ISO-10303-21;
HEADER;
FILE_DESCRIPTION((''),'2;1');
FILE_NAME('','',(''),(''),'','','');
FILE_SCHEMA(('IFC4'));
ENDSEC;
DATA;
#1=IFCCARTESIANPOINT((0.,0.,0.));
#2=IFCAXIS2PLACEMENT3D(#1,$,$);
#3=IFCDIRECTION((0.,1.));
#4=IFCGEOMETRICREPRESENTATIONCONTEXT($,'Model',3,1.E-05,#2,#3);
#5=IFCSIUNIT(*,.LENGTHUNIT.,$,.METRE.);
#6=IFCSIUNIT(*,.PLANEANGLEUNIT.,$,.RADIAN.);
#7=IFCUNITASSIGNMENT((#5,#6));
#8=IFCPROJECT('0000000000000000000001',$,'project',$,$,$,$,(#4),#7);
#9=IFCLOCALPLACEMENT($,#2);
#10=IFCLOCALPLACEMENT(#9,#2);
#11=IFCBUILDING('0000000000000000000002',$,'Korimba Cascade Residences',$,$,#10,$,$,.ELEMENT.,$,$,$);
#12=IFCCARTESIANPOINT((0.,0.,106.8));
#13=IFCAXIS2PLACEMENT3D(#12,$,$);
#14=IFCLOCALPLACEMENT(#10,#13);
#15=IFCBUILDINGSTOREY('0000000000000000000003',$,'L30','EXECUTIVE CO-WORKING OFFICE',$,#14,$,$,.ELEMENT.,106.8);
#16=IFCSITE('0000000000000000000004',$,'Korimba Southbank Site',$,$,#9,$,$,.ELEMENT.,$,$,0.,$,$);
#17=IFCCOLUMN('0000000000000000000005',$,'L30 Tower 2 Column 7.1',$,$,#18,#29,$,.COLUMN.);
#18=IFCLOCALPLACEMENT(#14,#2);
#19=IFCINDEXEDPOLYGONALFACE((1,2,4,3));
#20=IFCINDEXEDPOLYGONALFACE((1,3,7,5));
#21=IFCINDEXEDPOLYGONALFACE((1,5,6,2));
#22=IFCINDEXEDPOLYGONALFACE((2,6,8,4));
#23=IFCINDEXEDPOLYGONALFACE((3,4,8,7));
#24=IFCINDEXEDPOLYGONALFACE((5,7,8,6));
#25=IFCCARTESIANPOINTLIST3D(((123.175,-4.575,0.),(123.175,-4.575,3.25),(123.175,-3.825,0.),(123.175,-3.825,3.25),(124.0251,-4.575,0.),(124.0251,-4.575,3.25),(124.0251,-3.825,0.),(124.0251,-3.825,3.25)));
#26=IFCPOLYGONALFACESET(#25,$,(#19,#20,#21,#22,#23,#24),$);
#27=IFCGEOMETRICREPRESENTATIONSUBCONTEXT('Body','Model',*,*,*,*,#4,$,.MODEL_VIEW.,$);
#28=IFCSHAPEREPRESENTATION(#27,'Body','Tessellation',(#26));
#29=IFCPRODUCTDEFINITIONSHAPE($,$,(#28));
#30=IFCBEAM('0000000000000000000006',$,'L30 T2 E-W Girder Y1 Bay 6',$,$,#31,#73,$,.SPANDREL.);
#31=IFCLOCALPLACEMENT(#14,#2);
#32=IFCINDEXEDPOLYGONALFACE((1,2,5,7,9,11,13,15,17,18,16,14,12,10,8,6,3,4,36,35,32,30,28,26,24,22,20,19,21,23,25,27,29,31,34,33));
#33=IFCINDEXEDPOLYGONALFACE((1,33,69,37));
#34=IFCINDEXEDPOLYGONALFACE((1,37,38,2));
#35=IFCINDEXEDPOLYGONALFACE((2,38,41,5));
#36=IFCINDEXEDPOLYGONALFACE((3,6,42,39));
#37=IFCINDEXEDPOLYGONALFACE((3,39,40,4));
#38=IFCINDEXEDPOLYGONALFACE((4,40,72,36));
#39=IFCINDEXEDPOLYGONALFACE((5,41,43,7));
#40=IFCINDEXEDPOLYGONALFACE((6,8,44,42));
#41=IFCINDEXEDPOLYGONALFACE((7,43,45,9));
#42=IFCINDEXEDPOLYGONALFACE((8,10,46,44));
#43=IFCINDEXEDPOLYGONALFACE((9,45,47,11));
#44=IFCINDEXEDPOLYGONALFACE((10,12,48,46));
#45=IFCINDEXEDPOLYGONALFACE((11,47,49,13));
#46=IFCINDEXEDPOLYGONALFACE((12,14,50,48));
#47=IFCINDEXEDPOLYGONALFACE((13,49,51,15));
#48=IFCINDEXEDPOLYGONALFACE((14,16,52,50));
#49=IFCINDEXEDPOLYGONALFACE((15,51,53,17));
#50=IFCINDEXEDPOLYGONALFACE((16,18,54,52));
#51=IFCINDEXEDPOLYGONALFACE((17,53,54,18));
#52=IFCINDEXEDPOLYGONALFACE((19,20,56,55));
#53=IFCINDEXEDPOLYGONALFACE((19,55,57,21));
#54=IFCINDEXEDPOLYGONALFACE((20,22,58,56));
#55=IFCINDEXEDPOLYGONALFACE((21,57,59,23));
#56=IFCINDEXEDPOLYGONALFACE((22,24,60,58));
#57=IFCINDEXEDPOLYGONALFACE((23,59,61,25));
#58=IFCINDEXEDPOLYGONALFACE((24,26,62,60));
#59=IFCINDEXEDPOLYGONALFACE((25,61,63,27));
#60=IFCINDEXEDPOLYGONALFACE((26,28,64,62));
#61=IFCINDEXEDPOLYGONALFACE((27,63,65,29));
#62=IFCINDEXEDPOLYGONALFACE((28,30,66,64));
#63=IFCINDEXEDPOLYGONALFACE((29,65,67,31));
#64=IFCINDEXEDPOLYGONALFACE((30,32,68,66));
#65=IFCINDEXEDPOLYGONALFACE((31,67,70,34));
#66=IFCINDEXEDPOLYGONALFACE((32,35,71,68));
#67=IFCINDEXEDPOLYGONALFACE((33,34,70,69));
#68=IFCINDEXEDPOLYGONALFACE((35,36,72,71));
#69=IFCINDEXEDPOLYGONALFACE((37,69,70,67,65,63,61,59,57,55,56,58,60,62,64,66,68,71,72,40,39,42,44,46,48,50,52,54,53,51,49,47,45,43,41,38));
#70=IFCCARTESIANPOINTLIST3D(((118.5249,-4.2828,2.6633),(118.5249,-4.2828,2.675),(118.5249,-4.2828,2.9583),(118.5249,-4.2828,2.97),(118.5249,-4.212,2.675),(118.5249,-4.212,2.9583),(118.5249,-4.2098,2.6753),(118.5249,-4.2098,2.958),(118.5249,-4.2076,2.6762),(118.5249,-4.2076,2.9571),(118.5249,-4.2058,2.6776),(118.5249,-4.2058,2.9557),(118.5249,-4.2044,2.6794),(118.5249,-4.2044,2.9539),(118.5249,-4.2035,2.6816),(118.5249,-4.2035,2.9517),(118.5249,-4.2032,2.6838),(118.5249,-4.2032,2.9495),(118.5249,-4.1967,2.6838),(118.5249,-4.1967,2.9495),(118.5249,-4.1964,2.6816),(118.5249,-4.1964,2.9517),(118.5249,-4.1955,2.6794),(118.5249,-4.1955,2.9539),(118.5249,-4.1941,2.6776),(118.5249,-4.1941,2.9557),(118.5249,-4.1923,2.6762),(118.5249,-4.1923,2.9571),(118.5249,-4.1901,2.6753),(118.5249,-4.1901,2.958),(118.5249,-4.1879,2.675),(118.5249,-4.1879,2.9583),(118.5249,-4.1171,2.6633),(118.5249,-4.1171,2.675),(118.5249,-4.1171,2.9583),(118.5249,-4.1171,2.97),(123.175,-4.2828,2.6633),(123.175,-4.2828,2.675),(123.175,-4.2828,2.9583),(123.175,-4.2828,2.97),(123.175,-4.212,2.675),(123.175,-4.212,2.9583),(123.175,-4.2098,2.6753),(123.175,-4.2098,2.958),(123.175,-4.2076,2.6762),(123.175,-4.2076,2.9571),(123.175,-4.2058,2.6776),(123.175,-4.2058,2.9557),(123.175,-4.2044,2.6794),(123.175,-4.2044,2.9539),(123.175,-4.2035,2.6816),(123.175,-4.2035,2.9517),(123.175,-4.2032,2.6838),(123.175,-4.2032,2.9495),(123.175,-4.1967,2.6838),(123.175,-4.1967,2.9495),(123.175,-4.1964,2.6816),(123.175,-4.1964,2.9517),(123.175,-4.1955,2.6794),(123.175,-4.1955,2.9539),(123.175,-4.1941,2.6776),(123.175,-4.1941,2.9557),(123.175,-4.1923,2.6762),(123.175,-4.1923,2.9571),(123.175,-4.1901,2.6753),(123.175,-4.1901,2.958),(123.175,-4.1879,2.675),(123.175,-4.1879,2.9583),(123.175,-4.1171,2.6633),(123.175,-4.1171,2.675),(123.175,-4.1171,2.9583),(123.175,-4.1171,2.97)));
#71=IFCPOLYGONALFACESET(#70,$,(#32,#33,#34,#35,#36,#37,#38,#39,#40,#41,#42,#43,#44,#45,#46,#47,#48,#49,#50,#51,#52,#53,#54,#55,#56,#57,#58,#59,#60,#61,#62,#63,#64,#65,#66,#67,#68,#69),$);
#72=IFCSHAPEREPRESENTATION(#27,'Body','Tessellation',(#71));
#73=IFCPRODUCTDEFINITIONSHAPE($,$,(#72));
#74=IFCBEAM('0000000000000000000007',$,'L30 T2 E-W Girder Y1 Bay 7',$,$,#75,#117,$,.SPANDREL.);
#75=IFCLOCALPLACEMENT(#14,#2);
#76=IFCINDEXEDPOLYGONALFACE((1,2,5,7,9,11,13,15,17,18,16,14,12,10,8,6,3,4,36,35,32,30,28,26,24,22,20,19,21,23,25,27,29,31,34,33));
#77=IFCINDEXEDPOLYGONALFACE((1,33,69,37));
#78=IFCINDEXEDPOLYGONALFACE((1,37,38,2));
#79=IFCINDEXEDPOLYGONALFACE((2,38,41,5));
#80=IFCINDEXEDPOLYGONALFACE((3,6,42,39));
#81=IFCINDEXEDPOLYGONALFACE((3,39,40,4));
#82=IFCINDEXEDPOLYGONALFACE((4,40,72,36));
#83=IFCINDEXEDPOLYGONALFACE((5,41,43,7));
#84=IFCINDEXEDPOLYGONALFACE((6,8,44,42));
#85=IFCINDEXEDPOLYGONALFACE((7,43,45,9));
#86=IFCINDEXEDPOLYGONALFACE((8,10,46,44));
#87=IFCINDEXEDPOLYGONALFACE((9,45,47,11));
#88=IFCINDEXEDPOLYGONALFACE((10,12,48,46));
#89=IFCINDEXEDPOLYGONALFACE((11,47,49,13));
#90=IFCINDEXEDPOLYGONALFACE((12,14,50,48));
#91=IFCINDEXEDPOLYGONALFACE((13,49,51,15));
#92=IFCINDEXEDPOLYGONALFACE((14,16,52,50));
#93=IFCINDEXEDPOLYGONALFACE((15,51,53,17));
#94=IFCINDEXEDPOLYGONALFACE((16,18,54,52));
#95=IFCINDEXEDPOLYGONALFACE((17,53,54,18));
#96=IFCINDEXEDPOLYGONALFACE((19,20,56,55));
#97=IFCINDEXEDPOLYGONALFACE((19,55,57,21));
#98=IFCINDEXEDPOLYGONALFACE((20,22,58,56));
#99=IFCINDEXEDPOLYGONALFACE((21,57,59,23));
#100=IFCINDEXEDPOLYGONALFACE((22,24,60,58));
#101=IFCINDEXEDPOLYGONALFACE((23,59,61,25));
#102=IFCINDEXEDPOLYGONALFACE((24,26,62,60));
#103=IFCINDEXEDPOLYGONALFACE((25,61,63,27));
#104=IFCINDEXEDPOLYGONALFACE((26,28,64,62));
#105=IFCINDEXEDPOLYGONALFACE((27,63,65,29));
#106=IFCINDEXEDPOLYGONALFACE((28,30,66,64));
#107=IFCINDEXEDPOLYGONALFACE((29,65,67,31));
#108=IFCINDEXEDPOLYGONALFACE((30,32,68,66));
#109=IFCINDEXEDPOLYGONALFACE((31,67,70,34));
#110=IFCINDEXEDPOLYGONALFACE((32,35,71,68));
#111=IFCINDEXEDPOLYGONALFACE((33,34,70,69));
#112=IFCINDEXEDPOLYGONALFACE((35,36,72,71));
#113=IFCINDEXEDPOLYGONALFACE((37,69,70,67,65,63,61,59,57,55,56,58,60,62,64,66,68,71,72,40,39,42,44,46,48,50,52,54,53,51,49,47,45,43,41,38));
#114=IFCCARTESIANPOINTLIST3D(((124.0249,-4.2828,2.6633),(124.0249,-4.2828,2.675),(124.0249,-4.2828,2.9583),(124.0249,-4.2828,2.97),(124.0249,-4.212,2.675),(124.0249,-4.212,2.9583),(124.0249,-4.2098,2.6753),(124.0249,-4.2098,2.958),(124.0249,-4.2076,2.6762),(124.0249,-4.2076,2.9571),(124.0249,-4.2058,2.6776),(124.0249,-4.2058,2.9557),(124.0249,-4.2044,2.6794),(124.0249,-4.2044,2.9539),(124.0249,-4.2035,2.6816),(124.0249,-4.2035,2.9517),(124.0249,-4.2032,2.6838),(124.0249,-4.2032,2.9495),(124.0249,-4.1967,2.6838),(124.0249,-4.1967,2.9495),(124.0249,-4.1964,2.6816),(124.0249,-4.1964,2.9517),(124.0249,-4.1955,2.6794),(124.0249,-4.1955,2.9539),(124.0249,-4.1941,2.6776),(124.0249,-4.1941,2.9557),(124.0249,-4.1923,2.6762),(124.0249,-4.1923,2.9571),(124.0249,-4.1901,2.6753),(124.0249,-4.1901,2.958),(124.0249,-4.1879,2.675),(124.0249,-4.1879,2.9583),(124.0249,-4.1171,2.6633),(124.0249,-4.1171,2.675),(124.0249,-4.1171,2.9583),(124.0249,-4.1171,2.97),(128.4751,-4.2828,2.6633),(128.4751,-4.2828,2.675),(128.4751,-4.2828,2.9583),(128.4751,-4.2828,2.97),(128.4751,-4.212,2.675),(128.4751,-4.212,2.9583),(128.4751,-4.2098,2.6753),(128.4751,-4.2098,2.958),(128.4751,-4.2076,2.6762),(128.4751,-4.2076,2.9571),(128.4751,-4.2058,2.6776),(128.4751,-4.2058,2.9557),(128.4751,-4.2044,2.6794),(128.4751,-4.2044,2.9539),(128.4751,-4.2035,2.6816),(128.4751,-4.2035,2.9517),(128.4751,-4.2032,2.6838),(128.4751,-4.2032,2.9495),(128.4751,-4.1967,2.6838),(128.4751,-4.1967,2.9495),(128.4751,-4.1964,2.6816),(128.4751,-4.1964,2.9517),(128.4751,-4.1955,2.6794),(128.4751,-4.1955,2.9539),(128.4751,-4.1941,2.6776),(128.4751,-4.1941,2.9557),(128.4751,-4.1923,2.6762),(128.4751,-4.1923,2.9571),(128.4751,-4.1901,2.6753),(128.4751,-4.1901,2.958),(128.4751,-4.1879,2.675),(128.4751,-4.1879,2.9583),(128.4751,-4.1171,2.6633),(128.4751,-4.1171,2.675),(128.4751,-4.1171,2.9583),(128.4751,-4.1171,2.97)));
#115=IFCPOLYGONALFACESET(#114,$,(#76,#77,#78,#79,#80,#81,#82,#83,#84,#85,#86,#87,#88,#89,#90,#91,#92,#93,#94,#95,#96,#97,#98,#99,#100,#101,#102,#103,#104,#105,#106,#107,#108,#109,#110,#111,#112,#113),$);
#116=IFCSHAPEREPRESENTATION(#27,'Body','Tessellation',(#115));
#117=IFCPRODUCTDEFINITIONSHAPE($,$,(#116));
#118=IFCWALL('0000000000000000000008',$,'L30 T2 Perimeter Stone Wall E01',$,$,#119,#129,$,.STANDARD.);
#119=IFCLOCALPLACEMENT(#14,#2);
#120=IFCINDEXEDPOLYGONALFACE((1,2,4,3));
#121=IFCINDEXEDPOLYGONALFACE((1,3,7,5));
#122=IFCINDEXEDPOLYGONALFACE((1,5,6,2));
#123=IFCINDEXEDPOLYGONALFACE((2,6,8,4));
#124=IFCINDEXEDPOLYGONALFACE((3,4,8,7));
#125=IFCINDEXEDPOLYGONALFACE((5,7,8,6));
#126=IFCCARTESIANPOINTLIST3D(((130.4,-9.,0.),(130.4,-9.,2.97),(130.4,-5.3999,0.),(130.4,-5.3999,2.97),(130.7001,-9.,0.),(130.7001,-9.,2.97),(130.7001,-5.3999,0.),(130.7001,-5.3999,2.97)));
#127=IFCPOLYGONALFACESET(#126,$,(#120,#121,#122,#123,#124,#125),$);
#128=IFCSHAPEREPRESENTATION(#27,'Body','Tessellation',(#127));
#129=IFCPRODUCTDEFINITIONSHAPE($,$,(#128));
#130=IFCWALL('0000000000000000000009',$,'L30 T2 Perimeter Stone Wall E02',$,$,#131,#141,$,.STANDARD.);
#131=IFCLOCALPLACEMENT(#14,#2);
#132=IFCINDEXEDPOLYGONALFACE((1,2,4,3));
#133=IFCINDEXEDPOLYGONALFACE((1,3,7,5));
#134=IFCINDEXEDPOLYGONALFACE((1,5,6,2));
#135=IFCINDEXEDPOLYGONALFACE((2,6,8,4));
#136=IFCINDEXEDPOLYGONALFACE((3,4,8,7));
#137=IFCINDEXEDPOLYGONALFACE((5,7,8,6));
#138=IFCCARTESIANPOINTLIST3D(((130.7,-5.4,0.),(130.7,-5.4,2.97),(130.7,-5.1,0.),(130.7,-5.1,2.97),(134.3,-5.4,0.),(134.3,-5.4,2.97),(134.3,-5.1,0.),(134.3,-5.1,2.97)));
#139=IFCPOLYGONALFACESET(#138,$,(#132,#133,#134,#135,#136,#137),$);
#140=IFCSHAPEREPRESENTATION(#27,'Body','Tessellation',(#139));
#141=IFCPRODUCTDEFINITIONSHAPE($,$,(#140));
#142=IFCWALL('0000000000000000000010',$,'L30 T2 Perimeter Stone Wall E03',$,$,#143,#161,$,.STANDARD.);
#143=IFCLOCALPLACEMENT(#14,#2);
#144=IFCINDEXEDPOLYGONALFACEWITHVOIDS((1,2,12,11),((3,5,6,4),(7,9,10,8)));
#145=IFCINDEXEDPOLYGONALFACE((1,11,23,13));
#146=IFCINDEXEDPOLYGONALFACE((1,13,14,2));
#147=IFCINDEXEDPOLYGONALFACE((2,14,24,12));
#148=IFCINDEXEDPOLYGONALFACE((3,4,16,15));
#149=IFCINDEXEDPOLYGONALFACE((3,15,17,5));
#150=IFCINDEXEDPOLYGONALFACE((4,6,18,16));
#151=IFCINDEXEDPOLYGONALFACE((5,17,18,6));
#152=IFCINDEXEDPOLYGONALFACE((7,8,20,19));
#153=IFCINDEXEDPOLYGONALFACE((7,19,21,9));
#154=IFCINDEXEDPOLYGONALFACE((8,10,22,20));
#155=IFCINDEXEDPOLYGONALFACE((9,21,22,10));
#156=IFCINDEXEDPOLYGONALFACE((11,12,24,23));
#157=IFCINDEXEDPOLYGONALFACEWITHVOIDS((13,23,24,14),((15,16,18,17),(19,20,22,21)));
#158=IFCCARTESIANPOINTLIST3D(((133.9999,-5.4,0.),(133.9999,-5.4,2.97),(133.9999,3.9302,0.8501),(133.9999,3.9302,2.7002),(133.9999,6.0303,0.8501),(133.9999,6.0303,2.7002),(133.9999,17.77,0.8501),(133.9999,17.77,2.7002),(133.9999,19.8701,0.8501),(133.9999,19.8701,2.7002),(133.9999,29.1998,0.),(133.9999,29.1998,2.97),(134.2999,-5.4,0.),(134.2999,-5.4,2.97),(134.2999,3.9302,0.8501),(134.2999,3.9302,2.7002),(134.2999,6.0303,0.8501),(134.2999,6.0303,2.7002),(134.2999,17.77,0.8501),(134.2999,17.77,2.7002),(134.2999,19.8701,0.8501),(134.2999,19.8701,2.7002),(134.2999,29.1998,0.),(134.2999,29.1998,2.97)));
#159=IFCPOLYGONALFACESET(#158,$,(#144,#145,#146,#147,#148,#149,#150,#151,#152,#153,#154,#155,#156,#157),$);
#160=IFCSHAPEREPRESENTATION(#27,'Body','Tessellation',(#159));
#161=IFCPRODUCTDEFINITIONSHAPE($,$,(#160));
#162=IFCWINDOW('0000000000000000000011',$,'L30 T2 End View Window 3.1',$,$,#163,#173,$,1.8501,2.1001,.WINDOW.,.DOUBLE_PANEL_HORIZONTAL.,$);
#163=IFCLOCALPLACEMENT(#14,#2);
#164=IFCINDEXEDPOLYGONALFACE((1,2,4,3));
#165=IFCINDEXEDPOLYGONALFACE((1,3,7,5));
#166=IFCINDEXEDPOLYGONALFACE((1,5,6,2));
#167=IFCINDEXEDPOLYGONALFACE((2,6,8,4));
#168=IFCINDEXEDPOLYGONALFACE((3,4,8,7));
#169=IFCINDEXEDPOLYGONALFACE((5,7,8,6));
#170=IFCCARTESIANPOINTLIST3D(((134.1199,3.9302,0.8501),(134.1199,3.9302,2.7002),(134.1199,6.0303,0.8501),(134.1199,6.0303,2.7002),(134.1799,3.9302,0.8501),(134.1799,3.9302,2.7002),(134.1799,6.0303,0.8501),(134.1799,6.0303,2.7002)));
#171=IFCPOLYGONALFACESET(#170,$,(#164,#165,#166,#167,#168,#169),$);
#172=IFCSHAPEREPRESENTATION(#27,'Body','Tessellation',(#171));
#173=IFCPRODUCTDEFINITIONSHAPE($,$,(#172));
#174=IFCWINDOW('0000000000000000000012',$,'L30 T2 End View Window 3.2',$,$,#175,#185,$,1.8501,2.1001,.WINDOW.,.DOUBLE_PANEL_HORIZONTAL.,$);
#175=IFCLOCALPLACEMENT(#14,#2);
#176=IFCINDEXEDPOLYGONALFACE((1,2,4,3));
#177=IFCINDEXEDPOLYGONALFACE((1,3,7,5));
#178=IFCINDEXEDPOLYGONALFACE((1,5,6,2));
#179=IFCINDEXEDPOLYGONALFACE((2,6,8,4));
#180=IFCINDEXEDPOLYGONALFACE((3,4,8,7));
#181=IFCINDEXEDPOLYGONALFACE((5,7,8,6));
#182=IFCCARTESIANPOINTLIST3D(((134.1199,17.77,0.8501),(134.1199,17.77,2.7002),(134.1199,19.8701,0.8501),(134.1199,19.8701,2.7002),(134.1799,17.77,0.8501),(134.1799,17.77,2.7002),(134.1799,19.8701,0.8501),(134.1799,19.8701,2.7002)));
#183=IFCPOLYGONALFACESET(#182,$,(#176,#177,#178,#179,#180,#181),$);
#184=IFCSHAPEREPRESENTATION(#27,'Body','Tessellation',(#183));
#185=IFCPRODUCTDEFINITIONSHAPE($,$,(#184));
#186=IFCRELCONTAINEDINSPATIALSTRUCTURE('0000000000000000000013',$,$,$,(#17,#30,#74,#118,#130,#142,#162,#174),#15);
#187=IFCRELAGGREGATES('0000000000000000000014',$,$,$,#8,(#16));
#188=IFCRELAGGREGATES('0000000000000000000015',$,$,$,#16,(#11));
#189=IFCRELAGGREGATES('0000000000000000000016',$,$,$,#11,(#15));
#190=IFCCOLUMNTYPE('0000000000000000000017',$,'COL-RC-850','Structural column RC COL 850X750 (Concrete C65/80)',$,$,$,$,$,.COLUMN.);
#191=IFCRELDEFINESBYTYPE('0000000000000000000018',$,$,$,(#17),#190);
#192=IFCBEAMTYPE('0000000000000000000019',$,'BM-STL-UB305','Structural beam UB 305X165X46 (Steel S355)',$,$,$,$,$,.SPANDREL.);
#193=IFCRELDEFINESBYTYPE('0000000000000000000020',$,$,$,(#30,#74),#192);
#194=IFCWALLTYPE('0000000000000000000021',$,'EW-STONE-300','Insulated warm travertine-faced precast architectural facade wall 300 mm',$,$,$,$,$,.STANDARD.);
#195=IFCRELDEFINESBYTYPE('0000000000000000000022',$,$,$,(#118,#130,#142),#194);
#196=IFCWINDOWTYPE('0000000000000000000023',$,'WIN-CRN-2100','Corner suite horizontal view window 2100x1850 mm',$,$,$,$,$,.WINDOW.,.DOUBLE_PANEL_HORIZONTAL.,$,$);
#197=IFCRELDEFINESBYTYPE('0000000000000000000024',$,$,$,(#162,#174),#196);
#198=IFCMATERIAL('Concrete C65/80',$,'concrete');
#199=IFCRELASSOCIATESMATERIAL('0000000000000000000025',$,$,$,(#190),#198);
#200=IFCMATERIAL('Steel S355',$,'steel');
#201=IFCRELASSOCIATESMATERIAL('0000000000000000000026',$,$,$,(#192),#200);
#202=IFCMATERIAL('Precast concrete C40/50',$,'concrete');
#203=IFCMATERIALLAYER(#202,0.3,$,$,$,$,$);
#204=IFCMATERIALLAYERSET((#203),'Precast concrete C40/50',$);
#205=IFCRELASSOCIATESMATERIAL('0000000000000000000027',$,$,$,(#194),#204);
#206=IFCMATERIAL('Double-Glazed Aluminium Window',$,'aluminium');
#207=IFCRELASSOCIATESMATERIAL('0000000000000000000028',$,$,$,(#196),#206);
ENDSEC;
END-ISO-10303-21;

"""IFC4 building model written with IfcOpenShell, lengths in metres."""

from ifc_helpers import new_model, si_unit, direction, frame, frame_2d, origin, origin_2d, place, context, subcontext, project, spatial, rectangle, i_section, extrude, material, layer, layer_set, material_profile, profile_set, type_object, element, fill, save


model = new_model("IFC4")

# Units and contexts
model_context = context("Model", 3, precision=1e-05, world=origin(), true_north=direction((0.0, 1.0)))
body_context = subcontext(model_context, "Body", "Model", "MODEL_VIEW")
ifc_project = project(units=[si_unit("LENGTHUNIT", "METRE"), si_unit("PLANEANGLEUNIT", "RADIAN")], contexts=[model_context])

# Site, building, storey
site_placement = place(None, origin())
site = spatial("IfcSite", under=ifc_project, at=site_placement, Name="Korimba Southbank Site", CompositionType="ELEMENT", RefElevation=0.0)
building_placement = place(site_placement, origin())
building = spatial("IfcBuilding", under=site, at=building_placement, Name="Korimba Cascade Residences", CompositionType="ELEMENT")
storey_placement = place(building_placement, frame((0.0, 0.0, 106.8)))
storey = spatial("IfcBuildingStorey", under=building, at=storey_placement, Name="L30", Description="EXECUTIVE CO-WORKING OFFICE", CompositionType="ELEMENT", Elevation=106.8)

# Column
ifc_material_1 = material(Name="Concrete C65/80", Category="concrete")
ifc_material_profile_1 = material_profile(ifc_material_1, rectangle(XDim=0.8501, YDim=0.75, at=origin_2d()), Name="Concrete C65/80")
ifc_profile_set_1 = profile_set([ifc_material_profile_1], Name="Concrete C65/80")
column_type = type_object("IfcColumnType", Name="COL-RC-850", Description="Structural column RC COL 850X750 (Concrete C65/80)", PredefinedType="COLUMN", material=ifc_profile_set_1)
column_placement = place(storey_placement, frame((123.6001, -4.2, 0.0), z_axis=(0.0, 0.0, 1.0), x_axis=(1.0, 0.0, 0.0)))
element("IfcColumn", 1, at=column_placement, inside=storey, type_object=column_type, Name="L30 Tower 2 Column 7.1", PredefinedType="COLUMN", context=body_context, shape_type="SweptSolid", body=[
    extrude(rectangle(XDim=0.8501, YDim=0.75, at=origin_2d()), origin(), (0.0, 0.0, 1.0), 3.25),
])

# Beams
ifc_material_2 = material(Name="Steel S355", Category="steel")
ifc_material_profile_2 = material_profile(ifc_material_2, i_section(OverallWidth=0.1658, OverallDepth=0.3066, WebThickness=0.0066, FlangeThickness=0.0117, FilletRadius=0.0088, at=origin_2d()), Name="Steel S355")
ifc_profile_set_2 = profile_set([ifc_material_profile_2], Name="Steel S355")
beam_type = type_object("IfcBeamType", Name="BM-STL-UB305", Description="Structural beam UB 305X165X46 (Steel S355)", PredefinedType="SPANDREL", material=ifc_profile_set_2)
beam_1_placement = place(storey_placement, frame((118.5249, -4.2, 2.8167), z_axis=(1.0, 0.0, 0.0), x_axis=(0.0, 1.0, 0.0)))
element("IfcBeam", 2, at=beam_1_placement, inside=storey, type_object=beam_type, Name="L30 T2 E-W Girder Y1 Bay 6", PredefinedType="SPANDREL", context=body_context, shape_type="SweptSolid", body=[
    extrude(i_section(OverallWidth=0.1658, OverallDepth=0.3066, WebThickness=0.0066, FlangeThickness=0.0117, FilletRadius=0.0088, at=origin_2d()), origin(), (0.0, 0.0, 1.0), 4.6501),
])
beam_2_placement = place(storey_placement, frame((124.0249, -4.2, 2.8167), z_axis=(1.0, 0.0, 0.0), x_axis=(0.0, 1.0, 0.0)))
element("IfcBeam", 3, at=beam_2_placement, inside=storey, type_object=beam_type, Name="L30 T2 E-W Girder Y1 Bay 7", PredefinedType="SPANDREL", context=body_context, shape_type="SweptSolid", body=[
    extrude(i_section(OverallWidth=0.1658, OverallDepth=0.3066, WebThickness=0.0066, FlangeThickness=0.0117, FilletRadius=0.0088, at=origin_2d()), origin(), (0.0, 0.0, 1.0), 4.4502),
])

# Walls
ifc_material_3 = material(Name="Precast concrete C40/50", Category="concrete")
ifc_layer_1 = layer(ifc_material_3, 0.3)
ifc_layer_set_1 = layer_set([ifc_layer_1], Name="Precast concrete C40/50")
wall_type_1 = type_object("IfcWallType", Name="EW-STONE-300", Description="Insulated warm travertine-faced precast architectural facade wall 300 mm", PredefinedType="STANDARD", material=ifc_layer_set_1)
for number, where, z_axis, x_axis, name in (
    (4, (130.55, -9.0, 0.0), (0.0, 0.0, 1.0), (0.0, 1.0, 0.0), "L30 T2 Perimeter Stone Wall E01"),
    (5, (130.7, -5.25, 0.0), (0.0, 0.0, 1.0), (1.0, 0.0, 0.0), "L30 T2 Perimeter Stone Wall E02"),
):
    element("IfcWall", number, at=place(storey_placement, frame(where, z_axis=z_axis, x_axis=x_axis)), inside=storey, type_object=wall_type_1, Name=name, PredefinedType="STANDARD", context=body_context, shape_type="SweptSolid", body=[
        extrude(rectangle(XDim=3.6001, YDim=0.3, at=frame_2d((1.8, 0.0))), origin(), (0.0, 0.0, 1.0), 2.97),
    ])

# Wall, openings, windows
wall_1_placement = place(storey_placement, frame((134.1499, -5.3999, 0.0), z_axis=(0.0, 0.0, 1.0), x_axis=(0.0, 1.0, 0.0)))
wall_1 = element("IfcWall", 6, at=wall_1_placement, inside=storey, type_object=wall_type_1, Name="L30 T2 Perimeter Stone Wall E03", PredefinedType="STANDARD", context=body_context, shape_type="SweptSolid", body=[
    extrude(rectangle(XDim=34.5999, YDim=0.3, at=frame_2d((17.2998, 0.0))), origin(), (0.0, 0.0, 1.0), 2.97),
])
opening_1_placement = place(wall_1_placement, frame((9.3301, 0.0, 0.8501)))
opening_1 = element("IfcOpeningElement", 7, at=opening_1_placement, cuts=wall_1, PredefinedType="OPENING", context=body_context, shape_type="SweptSolid", body=[
    extrude(rectangle(XDim=2.1001, YDim=1.8501, at=frame_2d((1.05, 0.925))), frame((0.0, 0.1602, 0.0), z_axis=(0.0, -1.0, 0.0), x_axis=(1.0, 0.0, 0.0)), (0.0, 0.0, 1.0), 0.3201),
])
opening_2_placement = place(wall_1_placement, frame((23.1699, 0.0, 0.8501)))
opening_2 = element("IfcOpeningElement", 8, at=opening_2_placement, cuts=wall_1, PredefinedType="OPENING", context=body_context, shape_type="SweptSolid", body=[
    extrude(rectangle(XDim=2.1001, YDim=1.8501, at=frame_2d((1.05, 0.925))), frame((0.0, 0.1602, 0.0), z_axis=(0.0, -1.0, 0.0), x_axis=(1.0, 0.0, 0.0)), (0.0, 0.0, 1.0), 0.3201),
])
ifc_material_4 = material(Name="Double-Glazed Aluminium Window", Category="aluminium")
window_type = type_object("IfcWindowType", Name="WIN-CRN-2100", Description="Corner suite horizontal view window 2100x1850 mm", PartitioningType="DOUBLE_PANEL_HORIZONTAL", PredefinedType="WINDOW", material=ifc_material_4)
window_1_placement = place(opening_1_placement, origin())
window_1 = element("IfcWindow", 9, at=window_1_placement, inside=storey, type_object=window_type, Name="L30 T2 End View Window 3.1", OverallHeight=1.8501, OverallWidth=2.1001, PartitioningType="DOUBLE_PANEL_HORIZONTAL", PredefinedType="WINDOW", context=body_context, shape_type="SweptSolid", body=[
    extrude(rectangle(XDim=2.1001, YDim=1.8501, at=frame_2d((1.05, 0.925))), frame((0.0, 0.03, 0.0), z_axis=(0.0, -1.0, 0.0), x_axis=(1.0, 0.0, 0.0)), (0.0, 0.0, 1.0), 0.0601),
])
fill(opening_1, window_1)
window_2_placement = place(opening_2_placement, origin())
window_2 = element("IfcWindow", 10, at=window_2_placement, inside=storey, type_object=window_type, Name="L30 T2 End View Window 3.2", OverallHeight=1.8501, OverallWidth=2.1001, PartitioningType="DOUBLE_PANEL_HORIZONTAL", PredefinedType="WINDOW", context=body_context, shape_type="SweptSolid", body=[
    extrude(rectangle(XDim=2.1001, YDim=1.8501, at=frame_2d((1.05, 0.925))), frame((0.0, 0.03, 0.0), z_axis=(0.0, -1.0, 0.0), x_axis=(1.0, 0.0, 0.0)), (0.0, 0.0, 1.0), 0.0601),
])
fill(opening_2, window_2)

save(model, "model.ifc")
